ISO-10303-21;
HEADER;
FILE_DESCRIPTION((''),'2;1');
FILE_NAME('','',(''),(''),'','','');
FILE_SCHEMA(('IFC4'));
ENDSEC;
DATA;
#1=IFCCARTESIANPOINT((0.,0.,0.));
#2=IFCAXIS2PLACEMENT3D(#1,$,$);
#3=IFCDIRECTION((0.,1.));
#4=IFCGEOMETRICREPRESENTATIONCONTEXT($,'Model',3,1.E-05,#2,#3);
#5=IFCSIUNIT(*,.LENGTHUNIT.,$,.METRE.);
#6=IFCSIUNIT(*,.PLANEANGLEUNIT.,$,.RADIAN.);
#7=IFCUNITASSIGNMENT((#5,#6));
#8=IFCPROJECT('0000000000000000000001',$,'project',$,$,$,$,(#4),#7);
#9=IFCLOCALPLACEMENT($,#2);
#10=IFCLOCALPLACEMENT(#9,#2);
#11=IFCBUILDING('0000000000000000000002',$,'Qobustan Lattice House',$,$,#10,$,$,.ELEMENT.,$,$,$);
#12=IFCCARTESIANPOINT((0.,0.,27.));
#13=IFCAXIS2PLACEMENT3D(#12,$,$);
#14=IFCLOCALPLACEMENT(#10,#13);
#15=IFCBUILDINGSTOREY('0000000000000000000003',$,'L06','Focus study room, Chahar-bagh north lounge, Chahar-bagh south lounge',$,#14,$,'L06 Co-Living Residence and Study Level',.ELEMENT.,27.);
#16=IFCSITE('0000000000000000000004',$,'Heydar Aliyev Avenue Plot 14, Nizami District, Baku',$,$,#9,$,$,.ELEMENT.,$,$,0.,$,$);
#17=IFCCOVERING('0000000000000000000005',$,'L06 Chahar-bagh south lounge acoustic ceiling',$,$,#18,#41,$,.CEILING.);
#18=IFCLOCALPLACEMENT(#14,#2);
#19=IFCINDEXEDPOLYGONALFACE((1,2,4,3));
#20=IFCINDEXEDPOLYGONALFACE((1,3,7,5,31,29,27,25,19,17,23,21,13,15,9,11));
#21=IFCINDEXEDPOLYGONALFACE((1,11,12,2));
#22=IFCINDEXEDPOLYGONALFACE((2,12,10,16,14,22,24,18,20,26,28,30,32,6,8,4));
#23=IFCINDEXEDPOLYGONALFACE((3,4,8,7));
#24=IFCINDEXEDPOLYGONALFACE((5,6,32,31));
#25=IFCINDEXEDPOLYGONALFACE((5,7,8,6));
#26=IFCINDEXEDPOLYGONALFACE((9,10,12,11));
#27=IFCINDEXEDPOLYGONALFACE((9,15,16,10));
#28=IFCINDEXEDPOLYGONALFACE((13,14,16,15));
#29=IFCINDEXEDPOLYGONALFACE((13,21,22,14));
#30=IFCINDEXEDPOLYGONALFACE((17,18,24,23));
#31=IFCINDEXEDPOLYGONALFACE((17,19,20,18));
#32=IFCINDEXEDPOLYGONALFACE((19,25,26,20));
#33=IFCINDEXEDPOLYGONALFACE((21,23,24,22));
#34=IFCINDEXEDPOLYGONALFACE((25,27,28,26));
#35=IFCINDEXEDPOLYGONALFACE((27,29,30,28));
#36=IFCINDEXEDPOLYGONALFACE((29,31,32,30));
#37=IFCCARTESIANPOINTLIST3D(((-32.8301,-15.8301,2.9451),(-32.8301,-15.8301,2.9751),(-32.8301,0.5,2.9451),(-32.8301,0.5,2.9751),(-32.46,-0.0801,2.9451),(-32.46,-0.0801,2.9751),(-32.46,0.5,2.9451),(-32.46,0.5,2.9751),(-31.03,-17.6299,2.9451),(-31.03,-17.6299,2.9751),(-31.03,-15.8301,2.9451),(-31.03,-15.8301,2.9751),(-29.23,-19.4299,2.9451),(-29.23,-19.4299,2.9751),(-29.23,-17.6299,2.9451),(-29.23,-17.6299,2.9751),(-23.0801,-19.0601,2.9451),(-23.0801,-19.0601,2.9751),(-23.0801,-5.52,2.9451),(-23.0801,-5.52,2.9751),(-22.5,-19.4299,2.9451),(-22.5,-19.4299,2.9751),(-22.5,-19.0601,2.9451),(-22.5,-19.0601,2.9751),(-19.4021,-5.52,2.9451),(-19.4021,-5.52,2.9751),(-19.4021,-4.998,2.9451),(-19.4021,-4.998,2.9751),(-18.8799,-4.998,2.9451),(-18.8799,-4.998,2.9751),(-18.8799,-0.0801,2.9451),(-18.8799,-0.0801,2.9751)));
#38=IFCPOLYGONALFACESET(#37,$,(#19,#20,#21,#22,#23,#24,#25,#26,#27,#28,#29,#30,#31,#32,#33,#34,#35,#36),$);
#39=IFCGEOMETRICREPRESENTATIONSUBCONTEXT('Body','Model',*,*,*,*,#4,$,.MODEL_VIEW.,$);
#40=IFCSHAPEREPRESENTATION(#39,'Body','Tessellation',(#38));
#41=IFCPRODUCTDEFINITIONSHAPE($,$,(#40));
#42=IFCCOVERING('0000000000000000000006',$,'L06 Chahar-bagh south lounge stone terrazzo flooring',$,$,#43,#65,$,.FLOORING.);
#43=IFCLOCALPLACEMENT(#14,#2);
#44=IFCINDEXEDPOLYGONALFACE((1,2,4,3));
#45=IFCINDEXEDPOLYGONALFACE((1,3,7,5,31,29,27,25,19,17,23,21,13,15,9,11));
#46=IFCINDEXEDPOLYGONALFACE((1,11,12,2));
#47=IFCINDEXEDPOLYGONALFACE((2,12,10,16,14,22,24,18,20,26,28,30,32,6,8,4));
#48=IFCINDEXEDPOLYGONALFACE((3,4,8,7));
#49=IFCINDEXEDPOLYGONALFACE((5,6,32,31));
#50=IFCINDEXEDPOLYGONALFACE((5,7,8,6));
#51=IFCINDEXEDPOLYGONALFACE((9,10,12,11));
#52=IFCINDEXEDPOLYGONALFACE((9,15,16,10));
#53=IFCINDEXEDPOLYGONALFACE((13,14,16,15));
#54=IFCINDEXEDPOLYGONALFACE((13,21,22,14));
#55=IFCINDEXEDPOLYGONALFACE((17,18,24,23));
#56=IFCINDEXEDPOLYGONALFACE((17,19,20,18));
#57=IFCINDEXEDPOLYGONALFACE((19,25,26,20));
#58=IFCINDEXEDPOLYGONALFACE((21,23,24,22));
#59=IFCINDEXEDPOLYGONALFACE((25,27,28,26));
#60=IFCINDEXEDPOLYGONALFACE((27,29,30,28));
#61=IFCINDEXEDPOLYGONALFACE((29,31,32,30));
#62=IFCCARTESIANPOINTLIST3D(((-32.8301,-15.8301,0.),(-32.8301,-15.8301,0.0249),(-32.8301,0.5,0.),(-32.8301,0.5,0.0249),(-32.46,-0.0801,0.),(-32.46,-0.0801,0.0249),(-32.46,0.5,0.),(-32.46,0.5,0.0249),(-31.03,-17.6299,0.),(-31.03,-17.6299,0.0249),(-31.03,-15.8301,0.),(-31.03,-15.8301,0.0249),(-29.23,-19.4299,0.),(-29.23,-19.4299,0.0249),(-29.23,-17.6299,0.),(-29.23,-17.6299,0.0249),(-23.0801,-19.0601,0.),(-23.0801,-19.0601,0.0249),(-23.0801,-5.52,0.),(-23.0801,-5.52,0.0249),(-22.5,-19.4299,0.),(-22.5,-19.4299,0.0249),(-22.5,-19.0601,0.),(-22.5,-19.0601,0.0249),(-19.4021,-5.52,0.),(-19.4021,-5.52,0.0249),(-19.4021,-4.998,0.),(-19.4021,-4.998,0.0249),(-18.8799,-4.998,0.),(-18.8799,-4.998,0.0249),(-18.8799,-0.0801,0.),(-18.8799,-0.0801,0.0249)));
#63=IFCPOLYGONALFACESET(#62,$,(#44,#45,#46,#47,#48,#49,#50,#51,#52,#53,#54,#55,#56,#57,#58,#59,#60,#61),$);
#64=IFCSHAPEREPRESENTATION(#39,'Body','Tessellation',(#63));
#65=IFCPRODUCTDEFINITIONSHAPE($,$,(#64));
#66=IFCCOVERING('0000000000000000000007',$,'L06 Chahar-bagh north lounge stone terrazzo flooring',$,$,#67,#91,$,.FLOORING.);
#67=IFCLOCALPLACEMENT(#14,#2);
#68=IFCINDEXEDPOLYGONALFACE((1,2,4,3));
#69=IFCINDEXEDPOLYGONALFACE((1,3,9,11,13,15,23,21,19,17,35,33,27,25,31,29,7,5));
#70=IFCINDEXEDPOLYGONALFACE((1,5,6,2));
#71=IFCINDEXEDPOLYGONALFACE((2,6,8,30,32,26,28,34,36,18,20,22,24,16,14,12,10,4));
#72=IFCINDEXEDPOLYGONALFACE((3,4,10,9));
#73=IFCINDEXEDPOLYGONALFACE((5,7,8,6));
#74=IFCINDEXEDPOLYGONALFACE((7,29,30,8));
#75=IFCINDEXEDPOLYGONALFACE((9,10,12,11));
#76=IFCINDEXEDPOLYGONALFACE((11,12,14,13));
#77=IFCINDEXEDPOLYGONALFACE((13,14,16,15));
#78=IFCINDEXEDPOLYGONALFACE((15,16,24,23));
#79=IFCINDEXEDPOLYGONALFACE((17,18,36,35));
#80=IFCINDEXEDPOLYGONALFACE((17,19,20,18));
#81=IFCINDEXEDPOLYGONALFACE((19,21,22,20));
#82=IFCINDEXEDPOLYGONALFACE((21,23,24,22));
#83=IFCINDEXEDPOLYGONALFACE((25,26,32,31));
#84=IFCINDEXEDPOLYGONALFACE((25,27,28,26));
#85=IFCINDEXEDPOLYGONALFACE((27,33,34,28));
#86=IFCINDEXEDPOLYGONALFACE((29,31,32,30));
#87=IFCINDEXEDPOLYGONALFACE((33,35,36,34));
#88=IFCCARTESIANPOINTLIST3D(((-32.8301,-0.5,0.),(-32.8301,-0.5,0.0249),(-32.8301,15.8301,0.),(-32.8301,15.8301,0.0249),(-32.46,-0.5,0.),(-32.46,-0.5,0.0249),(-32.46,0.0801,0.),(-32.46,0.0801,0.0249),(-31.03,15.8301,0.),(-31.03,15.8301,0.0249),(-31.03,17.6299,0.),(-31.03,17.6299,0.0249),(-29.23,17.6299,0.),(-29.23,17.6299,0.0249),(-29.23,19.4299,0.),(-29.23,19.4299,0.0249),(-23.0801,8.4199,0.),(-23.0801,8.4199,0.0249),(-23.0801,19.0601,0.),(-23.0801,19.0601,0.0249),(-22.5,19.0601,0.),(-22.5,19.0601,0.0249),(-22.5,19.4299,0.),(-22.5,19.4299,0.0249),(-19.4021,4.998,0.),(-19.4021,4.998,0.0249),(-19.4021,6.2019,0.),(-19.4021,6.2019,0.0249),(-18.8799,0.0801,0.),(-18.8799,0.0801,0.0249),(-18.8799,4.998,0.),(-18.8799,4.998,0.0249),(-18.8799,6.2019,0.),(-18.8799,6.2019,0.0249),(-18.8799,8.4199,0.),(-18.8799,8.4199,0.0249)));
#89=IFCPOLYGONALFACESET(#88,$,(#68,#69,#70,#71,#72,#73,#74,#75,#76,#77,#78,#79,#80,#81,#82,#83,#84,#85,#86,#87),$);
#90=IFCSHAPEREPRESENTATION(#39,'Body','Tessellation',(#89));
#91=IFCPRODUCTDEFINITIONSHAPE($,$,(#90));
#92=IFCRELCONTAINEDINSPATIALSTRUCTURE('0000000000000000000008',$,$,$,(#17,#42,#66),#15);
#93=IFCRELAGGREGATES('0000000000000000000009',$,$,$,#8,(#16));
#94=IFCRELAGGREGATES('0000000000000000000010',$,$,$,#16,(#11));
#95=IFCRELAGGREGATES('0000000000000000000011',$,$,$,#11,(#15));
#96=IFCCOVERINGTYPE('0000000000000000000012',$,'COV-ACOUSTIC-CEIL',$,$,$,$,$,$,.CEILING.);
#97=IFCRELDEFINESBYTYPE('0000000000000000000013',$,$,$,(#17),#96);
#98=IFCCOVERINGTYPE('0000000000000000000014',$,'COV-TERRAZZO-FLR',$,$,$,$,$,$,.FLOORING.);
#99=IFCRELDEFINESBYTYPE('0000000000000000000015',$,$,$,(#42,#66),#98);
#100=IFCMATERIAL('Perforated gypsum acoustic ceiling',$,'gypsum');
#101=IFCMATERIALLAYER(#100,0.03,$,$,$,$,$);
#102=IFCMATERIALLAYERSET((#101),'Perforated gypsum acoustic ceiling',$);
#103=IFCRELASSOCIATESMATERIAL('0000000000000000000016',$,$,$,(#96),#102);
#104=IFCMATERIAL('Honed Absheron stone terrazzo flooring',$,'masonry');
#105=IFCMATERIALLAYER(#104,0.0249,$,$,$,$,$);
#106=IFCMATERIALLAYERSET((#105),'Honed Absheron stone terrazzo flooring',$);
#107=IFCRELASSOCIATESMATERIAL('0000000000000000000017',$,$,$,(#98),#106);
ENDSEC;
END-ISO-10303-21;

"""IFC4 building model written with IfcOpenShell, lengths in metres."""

from ifc_helpers import new_model, si_unit, direction, frame, origin, place, context, subcontext, project, spatial, polyline, outline, extrude, material, layer, layer_set, type_object, element, save


model = new_model("IFC4")

# Units and contexts
model_context = context("Model", 3, precision=1e-05, world=origin(), true_north=direction((0.0, 1.0)))
body_context = subcontext(model_context, "Body", "Model", "MODEL_VIEW")
ifc_project = project(units=[si_unit("LENGTHUNIT", "METRE"), si_unit("PLANEANGLEUNIT", "RADIAN")], contexts=[model_context])

# Site, building, storey
site_placement = place(None, origin())
site = spatial("IfcSite", under=ifc_project, at=site_placement, Name="Heydar Aliyev Avenue Plot 14, Nizami District, Baku", CompositionType="ELEMENT", RefElevation=0.0)
building_placement = place(site_placement, origin())
building = spatial("IfcBuilding", under=site, at=building_placement, Name="Qobustan Lattice House", CompositionType="ELEMENT")
storey_placement = place(building_placement, frame((0.0, 0.0, 27.0)))
storey = spatial("IfcBuildingStorey", under=building, at=storey_placement, Name="L06", Description="Focus study room, Chahar-bagh north lounge, Chahar-bagh south lounge", LongName="L06 Co-Living Residence and Study Level", CompositionType="ELEMENT", Elevation=27.0)

# Coverings
ifc_material_1 = material(Name="Perforated gypsum acoustic ceiling", Category="gypsum")
ifc_layer_1 = layer(ifc_material_1, 0.03)
ifc_layer_set_1 = layer_set([ifc_layer_1], Name="Perforated gypsum acoustic ceiling")
covering_type_1 = type_object("IfcCoveringType", Name="COV-ACOUSTIC-CEIL", PredefinedType="CEILING", material=ifc_layer_set_1)
covering_1_placement = place(storey_placement, frame((0.0, 0.0, 2.9451)))
element("IfcCovering", 1, at=covering_1_placement, inside=storey, type_object=covering_type_1, Name="L06 Chahar-bagh south lounge acoustic ceiling", PredefinedType="CEILING", context=body_context, shape_type="SweptSolid", body=[
    extrude(outline(polyline([(-31.03, -17.6299), (-29.23, -17.6299), (-29.23, -19.4299), (-22.5, -19.4299), (-22.5, -19.0601), (-23.0801, -19.0601), (-23.0801, -5.52), (-19.4021, -5.52), (-19.4021, -4.998), (-18.8799, -4.998), (-18.8799, -0.0801), (-32.46, -0.0801), (-32.46, 0.5), (-32.8301, 0.5), (-32.8301, -15.8301), (-31.03, -15.8301), (-31.03, -17.6299)])), origin(), (0.0, 0.0, 1.0), 0.03),
])
ifc_material_2 = material(Name="Honed Absheron stone terrazzo flooring", Category="masonry")
ifc_layer_2 = layer(ifc_material_2, 0.0249)
ifc_layer_set_2 = layer_set([ifc_layer_2], Name="Honed Absheron stone terrazzo flooring")
covering_type_2 = type_object("IfcCoveringType", Name="COV-TERRAZZO-FLR", PredefinedType="FLOORING", material=ifc_layer_set_2)
covering_2_placement = place(storey_placement, origin())
element("IfcCovering", 2, at=covering_2_placement, inside=storey, type_object=covering_type_2, Name="L06 Chahar-bagh south lounge stone terrazzo flooring", PredefinedType="FLOORING", context=body_context, shape_type="SweptSolid", body=[
    extrude(outline(polyline([(-31.03, -17.6299), (-29.23, -17.6299), (-29.23, -19.4299), (-22.5, -19.4299), (-22.5, -19.0601), (-23.0801, -19.0601), (-23.0801, -5.52), (-19.4021, -5.52), (-19.4021, -4.998), (-18.8799, -4.998), (-18.8799, -0.0801), (-32.46, -0.0801), (-32.46, 0.5), (-32.8301, 0.5), (-32.8301, -15.8301), (-31.03, -15.8301), (-31.03, -17.6299)])), origin(), (0.0, 0.0, 1.0), 0.0249),
])
covering_3_placement = place(storey_placement, origin())
element("IfcCovering", 3, at=covering_3_placement, inside=storey, type_object=covering_type_2, Name="L06 Chahar-bagh north lounge stone terrazzo flooring", PredefinedType="FLOORING", context=body_context, shape_type="SweptSolid", body=[
    extrude(outline(polyline([(-31.03, 17.6299), (-31.03, 15.8301), (-32.8301, 15.8301), (-32.8301, -0.5), (-32.46, -0.5), (-32.46, 0.0801), (-18.8799, 0.0801), (-18.8799, 4.998), (-19.4021, 4.998), (-19.4021, 6.2019), (-18.8799, 6.2019), (-18.8799, 8.4199), (-23.0801, 8.4199), (-23.0801, 19.0601), (-22.5, 19.0601), (-22.5, 19.4299), (-29.23, 19.4299), (-29.23, 17.6299), (-31.03, 17.6299)])), origin(), (0.0, 0.0, 1.0), 0.0249),
])

save(model, "model.ifc")
